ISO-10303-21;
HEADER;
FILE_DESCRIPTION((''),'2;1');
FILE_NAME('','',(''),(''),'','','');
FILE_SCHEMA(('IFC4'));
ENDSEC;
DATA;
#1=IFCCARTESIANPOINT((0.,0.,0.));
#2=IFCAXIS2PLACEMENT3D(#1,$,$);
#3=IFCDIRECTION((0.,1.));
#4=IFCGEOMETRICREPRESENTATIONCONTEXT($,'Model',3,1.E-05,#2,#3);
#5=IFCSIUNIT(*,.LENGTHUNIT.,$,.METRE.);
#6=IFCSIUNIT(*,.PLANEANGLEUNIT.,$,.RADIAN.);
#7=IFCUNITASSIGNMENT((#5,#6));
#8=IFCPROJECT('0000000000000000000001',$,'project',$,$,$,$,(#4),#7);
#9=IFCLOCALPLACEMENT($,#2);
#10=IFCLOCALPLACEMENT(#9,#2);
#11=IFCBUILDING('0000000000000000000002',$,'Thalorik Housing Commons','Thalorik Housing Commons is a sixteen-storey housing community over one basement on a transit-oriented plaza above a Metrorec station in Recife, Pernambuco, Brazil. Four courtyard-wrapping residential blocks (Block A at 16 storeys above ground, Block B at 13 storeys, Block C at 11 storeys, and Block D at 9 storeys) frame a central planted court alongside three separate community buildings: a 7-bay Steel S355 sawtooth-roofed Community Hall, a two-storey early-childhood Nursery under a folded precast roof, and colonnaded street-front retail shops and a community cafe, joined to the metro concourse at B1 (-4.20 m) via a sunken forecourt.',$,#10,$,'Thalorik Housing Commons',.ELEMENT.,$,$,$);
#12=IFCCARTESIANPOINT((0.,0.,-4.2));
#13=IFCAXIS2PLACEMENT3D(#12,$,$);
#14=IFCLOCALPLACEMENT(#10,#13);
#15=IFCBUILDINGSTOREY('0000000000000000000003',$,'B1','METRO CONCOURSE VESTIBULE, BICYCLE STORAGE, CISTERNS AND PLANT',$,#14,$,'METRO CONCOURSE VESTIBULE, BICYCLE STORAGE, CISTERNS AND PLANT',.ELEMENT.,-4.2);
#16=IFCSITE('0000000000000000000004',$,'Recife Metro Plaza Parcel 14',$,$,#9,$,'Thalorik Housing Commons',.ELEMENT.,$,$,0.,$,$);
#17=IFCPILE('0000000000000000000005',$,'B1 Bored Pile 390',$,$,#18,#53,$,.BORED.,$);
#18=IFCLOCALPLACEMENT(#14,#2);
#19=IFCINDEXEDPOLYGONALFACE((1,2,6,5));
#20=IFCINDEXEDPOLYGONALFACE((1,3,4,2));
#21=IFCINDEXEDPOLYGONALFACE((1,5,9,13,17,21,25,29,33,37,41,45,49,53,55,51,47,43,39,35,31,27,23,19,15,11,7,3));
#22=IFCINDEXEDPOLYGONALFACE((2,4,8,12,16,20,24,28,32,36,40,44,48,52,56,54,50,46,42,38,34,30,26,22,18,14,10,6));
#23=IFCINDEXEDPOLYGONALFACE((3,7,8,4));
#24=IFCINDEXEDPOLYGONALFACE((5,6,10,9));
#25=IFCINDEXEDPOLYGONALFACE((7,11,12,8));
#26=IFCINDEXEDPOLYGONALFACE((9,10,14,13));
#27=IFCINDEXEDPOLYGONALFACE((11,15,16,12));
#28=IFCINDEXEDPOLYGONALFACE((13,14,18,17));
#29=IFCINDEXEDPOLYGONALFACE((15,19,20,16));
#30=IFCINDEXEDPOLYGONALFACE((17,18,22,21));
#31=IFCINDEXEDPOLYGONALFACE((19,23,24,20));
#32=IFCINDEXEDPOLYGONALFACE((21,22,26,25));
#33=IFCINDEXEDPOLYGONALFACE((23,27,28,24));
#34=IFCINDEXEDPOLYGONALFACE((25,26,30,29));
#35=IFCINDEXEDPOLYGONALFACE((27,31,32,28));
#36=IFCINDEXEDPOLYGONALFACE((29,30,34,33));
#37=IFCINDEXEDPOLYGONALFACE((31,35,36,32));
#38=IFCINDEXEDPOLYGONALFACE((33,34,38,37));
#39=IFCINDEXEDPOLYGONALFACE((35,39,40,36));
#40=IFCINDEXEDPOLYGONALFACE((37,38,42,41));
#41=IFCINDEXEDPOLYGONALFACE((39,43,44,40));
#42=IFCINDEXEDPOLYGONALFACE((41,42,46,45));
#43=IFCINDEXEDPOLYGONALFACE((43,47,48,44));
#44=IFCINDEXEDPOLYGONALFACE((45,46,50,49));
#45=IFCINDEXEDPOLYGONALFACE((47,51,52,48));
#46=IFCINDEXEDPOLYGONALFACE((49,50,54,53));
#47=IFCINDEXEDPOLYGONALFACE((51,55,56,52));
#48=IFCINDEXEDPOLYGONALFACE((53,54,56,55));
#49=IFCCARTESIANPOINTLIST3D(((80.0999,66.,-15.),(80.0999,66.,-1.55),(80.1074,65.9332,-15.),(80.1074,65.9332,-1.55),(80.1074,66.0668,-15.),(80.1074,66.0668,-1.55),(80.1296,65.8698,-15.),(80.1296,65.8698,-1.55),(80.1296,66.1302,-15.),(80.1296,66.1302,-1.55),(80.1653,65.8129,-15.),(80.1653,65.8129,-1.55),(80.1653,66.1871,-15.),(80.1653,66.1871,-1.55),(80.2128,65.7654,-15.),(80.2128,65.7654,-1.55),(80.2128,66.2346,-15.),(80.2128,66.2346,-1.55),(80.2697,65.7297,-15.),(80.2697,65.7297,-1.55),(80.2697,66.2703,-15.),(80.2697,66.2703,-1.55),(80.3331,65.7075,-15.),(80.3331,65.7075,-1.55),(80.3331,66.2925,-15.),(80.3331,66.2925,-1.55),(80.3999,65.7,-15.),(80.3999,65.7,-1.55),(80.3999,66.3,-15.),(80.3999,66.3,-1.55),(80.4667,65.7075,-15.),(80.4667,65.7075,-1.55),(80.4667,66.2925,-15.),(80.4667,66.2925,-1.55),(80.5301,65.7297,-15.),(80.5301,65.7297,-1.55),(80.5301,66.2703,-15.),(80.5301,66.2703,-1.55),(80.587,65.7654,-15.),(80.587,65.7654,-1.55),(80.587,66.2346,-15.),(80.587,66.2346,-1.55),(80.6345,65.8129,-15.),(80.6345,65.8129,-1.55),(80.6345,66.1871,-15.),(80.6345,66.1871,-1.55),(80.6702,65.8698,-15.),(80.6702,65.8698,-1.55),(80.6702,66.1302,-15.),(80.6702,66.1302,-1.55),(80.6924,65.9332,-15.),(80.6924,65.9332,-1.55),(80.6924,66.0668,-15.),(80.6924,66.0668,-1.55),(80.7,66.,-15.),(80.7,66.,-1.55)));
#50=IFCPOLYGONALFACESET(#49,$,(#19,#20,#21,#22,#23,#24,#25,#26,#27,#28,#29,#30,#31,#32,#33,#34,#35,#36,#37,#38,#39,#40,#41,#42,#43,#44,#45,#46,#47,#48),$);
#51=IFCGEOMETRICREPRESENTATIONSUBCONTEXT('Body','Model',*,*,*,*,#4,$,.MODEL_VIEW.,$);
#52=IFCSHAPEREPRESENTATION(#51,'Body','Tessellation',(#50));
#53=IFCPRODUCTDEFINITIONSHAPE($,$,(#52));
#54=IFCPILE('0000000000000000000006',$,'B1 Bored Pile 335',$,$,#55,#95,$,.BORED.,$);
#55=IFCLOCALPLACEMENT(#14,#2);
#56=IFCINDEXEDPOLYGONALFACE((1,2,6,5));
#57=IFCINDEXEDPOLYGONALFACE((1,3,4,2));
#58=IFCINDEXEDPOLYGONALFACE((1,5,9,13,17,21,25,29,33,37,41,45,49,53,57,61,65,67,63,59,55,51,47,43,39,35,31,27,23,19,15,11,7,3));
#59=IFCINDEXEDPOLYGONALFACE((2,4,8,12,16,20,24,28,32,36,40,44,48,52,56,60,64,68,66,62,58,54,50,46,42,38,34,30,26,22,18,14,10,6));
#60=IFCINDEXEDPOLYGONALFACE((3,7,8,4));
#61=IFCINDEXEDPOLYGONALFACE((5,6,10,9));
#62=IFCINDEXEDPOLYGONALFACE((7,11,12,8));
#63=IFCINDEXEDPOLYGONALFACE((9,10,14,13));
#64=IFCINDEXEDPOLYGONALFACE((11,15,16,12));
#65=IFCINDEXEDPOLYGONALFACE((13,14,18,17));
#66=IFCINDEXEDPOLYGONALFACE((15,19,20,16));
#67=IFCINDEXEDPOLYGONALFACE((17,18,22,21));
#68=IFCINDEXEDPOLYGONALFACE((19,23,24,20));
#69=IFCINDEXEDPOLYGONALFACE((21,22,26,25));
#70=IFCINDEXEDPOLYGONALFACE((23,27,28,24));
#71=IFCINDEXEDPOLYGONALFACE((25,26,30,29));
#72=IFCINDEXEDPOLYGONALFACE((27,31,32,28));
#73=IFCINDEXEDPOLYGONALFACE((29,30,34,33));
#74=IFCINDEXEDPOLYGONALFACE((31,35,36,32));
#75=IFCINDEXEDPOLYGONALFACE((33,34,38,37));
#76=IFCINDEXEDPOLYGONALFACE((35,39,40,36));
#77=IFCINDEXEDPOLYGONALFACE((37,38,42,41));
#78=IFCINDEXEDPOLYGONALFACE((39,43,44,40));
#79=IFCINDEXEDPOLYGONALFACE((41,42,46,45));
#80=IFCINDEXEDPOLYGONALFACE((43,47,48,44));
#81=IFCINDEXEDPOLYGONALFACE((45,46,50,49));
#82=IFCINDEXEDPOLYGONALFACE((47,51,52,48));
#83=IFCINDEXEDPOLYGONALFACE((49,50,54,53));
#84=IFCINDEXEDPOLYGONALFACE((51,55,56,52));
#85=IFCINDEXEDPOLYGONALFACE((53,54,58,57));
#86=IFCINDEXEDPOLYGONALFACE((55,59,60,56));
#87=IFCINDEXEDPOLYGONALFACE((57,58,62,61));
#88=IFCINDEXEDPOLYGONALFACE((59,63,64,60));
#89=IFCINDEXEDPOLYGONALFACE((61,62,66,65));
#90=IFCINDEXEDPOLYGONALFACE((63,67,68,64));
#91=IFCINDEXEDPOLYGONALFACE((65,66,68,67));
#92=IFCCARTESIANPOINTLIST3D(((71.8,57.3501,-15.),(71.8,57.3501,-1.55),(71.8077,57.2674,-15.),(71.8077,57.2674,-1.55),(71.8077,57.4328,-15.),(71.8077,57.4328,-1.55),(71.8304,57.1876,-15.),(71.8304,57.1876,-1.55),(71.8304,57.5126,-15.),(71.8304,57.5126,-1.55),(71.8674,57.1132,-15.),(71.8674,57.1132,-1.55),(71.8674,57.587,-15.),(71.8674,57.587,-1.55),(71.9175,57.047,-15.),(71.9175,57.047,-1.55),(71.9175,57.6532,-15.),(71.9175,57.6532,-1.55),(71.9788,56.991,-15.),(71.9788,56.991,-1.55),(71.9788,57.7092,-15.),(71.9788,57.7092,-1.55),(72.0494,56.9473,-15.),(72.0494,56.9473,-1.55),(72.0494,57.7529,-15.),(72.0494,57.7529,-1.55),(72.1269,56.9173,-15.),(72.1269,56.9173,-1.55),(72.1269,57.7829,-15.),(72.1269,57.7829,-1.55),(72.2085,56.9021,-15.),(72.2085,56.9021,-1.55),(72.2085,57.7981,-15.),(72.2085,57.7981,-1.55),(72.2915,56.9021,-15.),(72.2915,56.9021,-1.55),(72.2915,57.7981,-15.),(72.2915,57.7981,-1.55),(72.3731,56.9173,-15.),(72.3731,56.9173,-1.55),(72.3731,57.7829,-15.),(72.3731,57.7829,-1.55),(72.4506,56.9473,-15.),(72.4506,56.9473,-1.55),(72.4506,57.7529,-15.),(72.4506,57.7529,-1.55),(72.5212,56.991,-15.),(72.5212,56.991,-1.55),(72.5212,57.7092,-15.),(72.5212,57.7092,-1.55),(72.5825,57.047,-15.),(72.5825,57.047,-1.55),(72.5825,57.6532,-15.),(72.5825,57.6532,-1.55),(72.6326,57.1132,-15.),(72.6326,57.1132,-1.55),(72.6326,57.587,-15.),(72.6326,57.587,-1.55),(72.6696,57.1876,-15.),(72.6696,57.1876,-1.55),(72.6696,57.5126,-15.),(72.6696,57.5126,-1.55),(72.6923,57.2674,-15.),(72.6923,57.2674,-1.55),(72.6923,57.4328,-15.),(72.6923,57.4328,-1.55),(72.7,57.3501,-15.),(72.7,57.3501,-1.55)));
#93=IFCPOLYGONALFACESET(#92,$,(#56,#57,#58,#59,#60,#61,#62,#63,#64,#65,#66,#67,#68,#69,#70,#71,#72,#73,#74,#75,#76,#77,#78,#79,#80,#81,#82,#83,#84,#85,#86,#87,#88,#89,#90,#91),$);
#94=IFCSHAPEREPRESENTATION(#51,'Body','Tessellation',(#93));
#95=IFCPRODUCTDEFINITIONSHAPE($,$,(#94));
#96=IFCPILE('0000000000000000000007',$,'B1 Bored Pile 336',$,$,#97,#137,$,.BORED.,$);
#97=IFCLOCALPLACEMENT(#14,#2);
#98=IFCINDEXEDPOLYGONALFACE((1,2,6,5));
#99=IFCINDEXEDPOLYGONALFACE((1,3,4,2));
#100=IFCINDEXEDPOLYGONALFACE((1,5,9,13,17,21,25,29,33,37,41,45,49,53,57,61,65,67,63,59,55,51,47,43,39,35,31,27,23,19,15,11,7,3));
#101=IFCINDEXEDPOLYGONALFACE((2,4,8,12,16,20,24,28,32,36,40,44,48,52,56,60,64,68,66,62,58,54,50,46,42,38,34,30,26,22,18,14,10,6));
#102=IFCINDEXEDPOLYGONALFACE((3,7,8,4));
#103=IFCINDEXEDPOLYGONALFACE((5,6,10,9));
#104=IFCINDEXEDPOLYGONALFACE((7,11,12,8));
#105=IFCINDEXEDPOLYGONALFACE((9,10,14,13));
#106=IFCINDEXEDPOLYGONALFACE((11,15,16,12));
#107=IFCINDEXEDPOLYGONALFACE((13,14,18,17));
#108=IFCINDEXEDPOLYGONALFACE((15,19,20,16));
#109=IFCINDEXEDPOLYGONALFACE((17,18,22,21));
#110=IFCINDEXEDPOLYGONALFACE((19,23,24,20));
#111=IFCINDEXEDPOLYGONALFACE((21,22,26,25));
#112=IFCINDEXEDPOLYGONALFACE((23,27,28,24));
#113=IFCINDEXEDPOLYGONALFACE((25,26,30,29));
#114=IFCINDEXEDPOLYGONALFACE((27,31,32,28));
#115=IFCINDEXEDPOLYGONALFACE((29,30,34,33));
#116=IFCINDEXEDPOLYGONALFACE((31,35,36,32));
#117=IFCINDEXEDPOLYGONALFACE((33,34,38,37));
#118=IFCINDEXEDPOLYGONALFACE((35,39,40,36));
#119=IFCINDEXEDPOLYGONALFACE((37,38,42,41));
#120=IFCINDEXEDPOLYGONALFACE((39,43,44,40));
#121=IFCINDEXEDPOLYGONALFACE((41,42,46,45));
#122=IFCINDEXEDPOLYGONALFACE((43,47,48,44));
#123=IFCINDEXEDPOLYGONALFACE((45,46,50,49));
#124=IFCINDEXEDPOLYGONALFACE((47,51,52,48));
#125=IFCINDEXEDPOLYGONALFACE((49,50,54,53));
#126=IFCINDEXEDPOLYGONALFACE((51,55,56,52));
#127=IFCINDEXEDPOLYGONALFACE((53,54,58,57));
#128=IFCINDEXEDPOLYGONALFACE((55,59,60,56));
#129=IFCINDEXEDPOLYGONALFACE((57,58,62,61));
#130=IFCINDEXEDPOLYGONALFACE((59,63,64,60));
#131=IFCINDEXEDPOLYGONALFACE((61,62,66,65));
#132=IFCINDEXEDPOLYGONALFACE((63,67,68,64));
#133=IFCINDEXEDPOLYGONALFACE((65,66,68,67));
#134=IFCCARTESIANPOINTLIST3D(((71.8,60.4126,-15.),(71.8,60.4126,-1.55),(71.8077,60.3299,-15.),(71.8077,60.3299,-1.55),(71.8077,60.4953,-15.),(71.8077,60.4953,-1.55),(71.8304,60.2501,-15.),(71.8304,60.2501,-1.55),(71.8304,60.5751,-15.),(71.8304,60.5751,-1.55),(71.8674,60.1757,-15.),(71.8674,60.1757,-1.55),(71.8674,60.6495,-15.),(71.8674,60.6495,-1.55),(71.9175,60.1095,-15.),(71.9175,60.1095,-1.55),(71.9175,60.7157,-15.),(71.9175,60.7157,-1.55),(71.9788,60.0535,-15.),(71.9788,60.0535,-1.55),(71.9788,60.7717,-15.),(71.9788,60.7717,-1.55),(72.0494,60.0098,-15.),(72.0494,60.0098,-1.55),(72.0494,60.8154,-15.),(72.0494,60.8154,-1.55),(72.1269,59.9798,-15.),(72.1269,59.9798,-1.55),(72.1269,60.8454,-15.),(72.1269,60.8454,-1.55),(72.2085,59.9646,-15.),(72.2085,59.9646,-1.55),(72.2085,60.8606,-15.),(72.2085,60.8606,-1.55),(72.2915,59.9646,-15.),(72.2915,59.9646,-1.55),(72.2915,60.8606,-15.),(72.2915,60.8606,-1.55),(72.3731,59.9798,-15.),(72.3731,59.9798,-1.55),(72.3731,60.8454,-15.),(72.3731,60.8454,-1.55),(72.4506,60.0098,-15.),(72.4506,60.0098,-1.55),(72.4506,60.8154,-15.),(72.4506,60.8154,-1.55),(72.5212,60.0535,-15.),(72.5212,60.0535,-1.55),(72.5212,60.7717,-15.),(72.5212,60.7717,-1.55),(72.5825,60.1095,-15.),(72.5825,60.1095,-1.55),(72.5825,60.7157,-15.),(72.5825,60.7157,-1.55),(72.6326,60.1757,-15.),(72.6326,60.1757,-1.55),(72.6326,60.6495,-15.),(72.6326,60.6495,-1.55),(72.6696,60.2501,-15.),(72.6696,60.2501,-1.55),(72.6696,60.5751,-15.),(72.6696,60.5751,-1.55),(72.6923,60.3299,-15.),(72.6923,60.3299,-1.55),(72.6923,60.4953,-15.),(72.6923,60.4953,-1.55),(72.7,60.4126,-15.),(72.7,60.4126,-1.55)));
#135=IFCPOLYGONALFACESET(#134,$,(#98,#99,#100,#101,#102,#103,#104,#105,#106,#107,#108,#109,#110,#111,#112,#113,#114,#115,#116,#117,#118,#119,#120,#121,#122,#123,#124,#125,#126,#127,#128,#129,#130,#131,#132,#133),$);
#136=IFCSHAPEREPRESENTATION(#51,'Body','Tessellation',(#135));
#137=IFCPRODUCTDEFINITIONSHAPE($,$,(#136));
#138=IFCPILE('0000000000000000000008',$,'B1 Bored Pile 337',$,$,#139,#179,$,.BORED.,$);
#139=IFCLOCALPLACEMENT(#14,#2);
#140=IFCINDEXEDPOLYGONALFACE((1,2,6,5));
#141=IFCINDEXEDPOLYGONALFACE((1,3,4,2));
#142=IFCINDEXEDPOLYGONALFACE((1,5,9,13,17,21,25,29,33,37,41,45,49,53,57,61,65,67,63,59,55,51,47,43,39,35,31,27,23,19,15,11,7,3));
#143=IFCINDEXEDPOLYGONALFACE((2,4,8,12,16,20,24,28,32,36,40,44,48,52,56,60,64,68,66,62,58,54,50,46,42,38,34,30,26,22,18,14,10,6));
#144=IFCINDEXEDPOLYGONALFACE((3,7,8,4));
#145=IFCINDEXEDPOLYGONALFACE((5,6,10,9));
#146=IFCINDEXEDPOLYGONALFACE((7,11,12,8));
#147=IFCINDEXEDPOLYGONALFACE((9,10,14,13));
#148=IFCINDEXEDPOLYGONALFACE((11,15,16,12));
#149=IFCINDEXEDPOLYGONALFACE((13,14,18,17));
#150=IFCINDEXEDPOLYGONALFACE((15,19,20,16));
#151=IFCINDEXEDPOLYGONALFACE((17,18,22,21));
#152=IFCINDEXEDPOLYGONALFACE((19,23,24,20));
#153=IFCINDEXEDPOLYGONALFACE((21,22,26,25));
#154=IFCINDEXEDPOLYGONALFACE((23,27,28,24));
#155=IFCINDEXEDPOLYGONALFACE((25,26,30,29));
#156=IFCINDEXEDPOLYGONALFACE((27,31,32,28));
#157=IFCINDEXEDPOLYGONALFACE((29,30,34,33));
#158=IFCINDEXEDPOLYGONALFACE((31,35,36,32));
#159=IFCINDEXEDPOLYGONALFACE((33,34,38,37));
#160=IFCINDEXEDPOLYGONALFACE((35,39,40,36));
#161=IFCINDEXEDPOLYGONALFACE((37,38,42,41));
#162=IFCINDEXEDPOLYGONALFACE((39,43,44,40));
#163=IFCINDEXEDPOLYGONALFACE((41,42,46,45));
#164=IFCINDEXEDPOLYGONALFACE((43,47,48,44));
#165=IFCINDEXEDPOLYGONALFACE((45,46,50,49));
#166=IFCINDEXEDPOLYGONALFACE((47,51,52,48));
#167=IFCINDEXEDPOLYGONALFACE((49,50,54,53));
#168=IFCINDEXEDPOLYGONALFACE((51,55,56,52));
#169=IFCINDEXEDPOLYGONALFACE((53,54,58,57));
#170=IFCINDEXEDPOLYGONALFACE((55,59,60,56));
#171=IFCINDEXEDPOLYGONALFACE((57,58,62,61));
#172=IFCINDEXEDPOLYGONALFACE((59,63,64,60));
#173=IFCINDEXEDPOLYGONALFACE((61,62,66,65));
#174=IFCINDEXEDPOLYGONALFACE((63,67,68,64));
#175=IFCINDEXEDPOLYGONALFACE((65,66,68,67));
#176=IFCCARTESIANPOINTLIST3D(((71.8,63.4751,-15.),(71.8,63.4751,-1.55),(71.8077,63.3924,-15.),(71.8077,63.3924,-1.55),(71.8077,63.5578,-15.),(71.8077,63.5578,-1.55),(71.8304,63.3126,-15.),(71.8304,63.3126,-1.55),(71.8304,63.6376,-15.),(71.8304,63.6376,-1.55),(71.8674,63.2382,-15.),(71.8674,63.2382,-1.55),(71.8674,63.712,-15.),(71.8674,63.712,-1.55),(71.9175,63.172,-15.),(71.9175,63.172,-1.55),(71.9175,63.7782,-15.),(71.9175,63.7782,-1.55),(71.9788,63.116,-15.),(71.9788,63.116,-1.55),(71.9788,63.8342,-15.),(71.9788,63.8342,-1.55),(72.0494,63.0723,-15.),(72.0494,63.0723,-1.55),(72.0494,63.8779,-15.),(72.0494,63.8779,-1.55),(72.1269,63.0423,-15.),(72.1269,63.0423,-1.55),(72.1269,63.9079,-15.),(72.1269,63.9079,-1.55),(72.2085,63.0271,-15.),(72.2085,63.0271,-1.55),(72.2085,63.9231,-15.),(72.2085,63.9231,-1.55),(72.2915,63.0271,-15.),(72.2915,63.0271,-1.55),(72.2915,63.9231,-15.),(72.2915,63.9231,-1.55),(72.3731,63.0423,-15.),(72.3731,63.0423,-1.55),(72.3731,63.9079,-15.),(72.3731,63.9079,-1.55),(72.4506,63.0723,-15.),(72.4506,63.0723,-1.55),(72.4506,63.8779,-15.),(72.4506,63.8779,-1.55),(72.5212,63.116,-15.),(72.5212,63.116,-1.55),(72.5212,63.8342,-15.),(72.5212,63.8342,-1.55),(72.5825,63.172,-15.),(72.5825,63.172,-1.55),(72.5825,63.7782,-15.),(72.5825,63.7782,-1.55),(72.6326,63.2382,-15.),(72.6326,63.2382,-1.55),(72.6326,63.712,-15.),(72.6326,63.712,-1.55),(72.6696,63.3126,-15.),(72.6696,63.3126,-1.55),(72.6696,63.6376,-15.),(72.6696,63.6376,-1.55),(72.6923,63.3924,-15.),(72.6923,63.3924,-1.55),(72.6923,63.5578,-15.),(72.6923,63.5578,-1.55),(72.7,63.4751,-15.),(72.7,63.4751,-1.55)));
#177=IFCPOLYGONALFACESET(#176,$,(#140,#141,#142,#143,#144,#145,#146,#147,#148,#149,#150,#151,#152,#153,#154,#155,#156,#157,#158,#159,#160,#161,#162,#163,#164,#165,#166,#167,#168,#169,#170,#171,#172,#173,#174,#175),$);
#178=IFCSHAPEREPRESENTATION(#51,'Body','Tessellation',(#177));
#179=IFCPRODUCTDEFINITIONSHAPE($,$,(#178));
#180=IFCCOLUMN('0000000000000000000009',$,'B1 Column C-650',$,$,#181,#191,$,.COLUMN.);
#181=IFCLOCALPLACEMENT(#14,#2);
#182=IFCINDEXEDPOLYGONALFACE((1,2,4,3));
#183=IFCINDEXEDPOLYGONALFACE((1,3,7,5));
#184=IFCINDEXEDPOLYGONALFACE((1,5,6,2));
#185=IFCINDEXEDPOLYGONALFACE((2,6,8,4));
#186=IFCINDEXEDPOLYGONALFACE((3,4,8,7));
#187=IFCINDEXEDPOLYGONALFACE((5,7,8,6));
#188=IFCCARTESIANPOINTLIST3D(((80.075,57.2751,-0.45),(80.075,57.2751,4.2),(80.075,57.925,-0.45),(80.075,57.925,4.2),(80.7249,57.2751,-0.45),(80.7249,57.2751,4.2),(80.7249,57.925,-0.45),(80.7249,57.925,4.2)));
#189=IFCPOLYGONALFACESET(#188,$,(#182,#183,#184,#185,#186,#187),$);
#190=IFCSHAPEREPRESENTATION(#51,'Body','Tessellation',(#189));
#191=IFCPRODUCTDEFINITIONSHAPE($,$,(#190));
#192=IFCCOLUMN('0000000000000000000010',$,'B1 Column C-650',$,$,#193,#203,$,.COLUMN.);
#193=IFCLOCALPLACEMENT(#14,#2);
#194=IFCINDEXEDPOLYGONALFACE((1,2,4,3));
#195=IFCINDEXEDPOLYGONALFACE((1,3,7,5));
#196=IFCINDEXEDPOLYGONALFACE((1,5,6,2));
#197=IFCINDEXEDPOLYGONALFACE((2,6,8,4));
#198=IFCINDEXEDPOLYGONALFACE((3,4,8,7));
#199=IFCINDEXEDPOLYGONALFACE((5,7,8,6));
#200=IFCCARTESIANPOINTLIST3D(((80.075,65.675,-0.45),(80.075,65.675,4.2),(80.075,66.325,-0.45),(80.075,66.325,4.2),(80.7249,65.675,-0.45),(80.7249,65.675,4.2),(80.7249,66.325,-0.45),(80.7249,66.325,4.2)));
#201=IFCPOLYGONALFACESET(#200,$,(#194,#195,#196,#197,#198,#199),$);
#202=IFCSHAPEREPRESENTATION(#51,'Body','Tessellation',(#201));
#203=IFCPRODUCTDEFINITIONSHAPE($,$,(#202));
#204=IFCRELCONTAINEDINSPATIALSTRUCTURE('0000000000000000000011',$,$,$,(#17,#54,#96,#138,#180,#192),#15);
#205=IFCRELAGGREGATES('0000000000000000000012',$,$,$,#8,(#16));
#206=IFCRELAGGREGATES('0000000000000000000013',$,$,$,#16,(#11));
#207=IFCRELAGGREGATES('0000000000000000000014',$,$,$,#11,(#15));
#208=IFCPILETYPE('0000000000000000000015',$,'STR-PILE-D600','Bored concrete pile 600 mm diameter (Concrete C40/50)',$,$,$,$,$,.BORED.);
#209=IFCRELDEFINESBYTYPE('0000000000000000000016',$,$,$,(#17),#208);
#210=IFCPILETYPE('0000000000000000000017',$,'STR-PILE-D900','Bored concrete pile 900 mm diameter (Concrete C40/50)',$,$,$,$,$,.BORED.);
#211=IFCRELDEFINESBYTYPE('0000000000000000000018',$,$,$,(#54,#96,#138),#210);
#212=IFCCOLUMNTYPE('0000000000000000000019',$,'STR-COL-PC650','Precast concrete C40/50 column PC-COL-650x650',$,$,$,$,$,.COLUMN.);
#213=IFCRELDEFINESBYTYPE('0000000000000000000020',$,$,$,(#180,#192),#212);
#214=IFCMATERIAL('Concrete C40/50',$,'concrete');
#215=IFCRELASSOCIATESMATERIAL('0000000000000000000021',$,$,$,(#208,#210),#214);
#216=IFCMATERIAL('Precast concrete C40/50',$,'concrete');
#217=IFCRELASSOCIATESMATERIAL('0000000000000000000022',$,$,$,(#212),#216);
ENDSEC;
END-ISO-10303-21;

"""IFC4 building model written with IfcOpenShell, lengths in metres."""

from ifc_helpers import new_model, si_unit, direction, frame, origin, origin_2d, place, context, subcontext, project, spatial, rectangle, circle, extrude, material, material_profile, profile_set, type_object, element, save


model = new_model("IFC4")

# Units and contexts
model_context = context("Model", 3, precision=1e-05, world=origin(), true_north=direction((0.0, 1.0)))
body_context = subcontext(model_context, "Body", "Model", "MODEL_VIEW")
ifc_project = project(units=[si_unit("LENGTHUNIT", "METRE"), si_unit("PLANEANGLEUNIT", "RADIAN")], contexts=[model_context])

# Site, building, storey
site_placement = place(None, origin())
site = spatial("IfcSite", under=ifc_project, at=site_placement, Name="Recife Metro Plaza Parcel 14", LongName="Thalorik Housing Commons", CompositionType="ELEMENT", RefElevation=0.0)
building_placement = place(site_placement, origin())
building = spatial("IfcBuilding", under=site, at=building_placement, Name="Thalorik Housing Commons", Description="Thalorik Housing Commons is a sixteen-storey housing community over one basement on a transit-oriented plaza above a Metrorec station in Recife, Pernambuco, Brazil. Four courtyard-wrapping residential blocks (Block A at 16 storeys above ground, Block B at 13 storeys, Block C at 11 storeys, and Block D at 9 storeys) frame a central planted court alongside three separate community buildings: a 7-bay Steel S355 sawtooth-roofed Community Hall, a two-storey early-childhood Nursery under a folded precast roof, and colonnaded street-front retail shops and a community cafe, joined to the metro concourse at B1 (-4.20 m) via a sunken forecourt.", LongName="Thalorik Housing Commons", CompositionType="ELEMENT")
storey_placement = place(building_placement, frame((0.0, 0.0, -4.2)))
storey = spatial("IfcBuildingStorey", under=building, at=storey_placement, Name="B1", Description="METRO CONCOURSE VESTIBULE, BICYCLE STORAGE, CISTERNS AND PLANT", LongName="METRO CONCOURSE VESTIBULE, BICYCLE STORAGE, CISTERNS AND PLANT", CompositionType="ELEMENT", Elevation=-4.2)

# Shared definitions
ifc_material_1 = material(Name="Concrete C40/50", Category="concrete")

# Piles
ifc_material_profile_1 = material_profile(ifc_material_1, circle(Radius=0.3, at=origin_2d()), Name="BORED PILE D600", Category="concrete")
ifc_profile_set_1 = profile_set([ifc_material_profile_1], Name="Concrete C40/50")
pile_type_1 = type_object("IfcPileType", Name="STR-PILE-D600", Description="Bored concrete pile 600 mm diameter (Concrete C40/50)", PredefinedType="BORED", material=ifc_profile_set_1)
for number, where, z_axis, x_axis, name in (
    (1, (80.3999, 66.0, -1.55), (0.0, 0.0, -1.0), (1.0, 0.0, 0.0), "B1 Bored Pile 390"),
):
    element("IfcPile", number, at=place(storey_placement, frame(where, z_axis=z_axis, x_axis=x_axis)), inside=storey, type_object=pile_type_1, Name=name, PredefinedType="BORED", context=body_context, shape_type="SweptSolid", body=[
        extrude(circle(Radius=0.3, at=origin_2d()), origin(), (0.0, 0.0, 1.0), 13.45),
    ])
ifc_material_profile_2 = material_profile(ifc_material_1, circle(Radius=0.45, at=origin_2d()), Name="BORED PILE D900", Category="concrete")
ifc_profile_set_2 = profile_set([ifc_material_profile_2], Name="Concrete C40/50")
pile_type_2 = type_object("IfcPileType", Name="STR-PILE-D900", Description="Bored concrete pile 900 mm diameter (Concrete C40/50)", PredefinedType="BORED", material=ifc_profile_set_2)
for number, where, z_axis, x_axis, name in (
    (2, (72.25, 57.3501, -1.55), (0.0, 0.0, -1.0), (1.0, 0.0, 0.0), "B1 Bored Pile 335"),
    (3, (72.25, 60.4126, -1.55), (0.0, 0.0, -1.0), (1.0, 0.0, 0.0), "B1 Bored Pile 336"),
    (4, (72.25, 63.4751, -1.55), (0.0, 0.0, -1.0), (1.0, 0.0, 0.0), "B1 Bored Pile 337"),
):
    element("IfcPile", number, at=place(storey_placement, frame(where, z_axis=z_axis, x_axis=x_axis)), inside=storey, type_object=pile_type_2, Name=name, PredefinedType="BORED", context=body_context, shape_type="SweptSolid", body=[
        extrude(circle(Radius=0.45, at=origin_2d()), origin(), (0.0, 0.0, 1.0), 13.45),
    ])

# Columns
ifc_material_2 = material(Name="Precast concrete C40/50", Category="concrete")
ifc_material_profile_3 = material_profile(ifc_material_2, rectangle(XDim=0.6499, YDim=0.6499, at=origin_2d()), Name="PC 650x650", Category="concrete")
ifc_profile_set_3 = profile_set([ifc_material_profile_3], Name="Precast concrete C40/50")
column_type = type_object("IfcColumnType", Name="STR-COL-PC650", Description="Precast concrete C40/50 column PC-COL-650x650", PredefinedType="COLUMN", material=ifc_profile_set_3)
for number, where, z_axis, x_axis, name in (
    (5, (80.3999, 57.6001, -0.45), (0.0, 0.0, 1.0), (1.0, 0.0, 0.0), "B1 Column C-650"),
    (6, (80.3999, 66.0, -0.45), (0.0, 0.0, 1.0), (1.0, 0.0, 0.0), "B1 Column C-650"),
):
    element("IfcColumn", number, at=place(storey_placement, frame(where, z_axis=z_axis, x_axis=x_axis)), inside=storey, type_object=column_type, Name=name, PredefinedType="COLUMN", context=body_context, shape_type="SweptSolid", body=[
        extrude(rectangle(XDim=0.6499, YDim=0.6499, at=origin_2d()), origin(), (0.0, 0.0, 1.0), 4.6499),
    ])

save(model, "model.ifc")
